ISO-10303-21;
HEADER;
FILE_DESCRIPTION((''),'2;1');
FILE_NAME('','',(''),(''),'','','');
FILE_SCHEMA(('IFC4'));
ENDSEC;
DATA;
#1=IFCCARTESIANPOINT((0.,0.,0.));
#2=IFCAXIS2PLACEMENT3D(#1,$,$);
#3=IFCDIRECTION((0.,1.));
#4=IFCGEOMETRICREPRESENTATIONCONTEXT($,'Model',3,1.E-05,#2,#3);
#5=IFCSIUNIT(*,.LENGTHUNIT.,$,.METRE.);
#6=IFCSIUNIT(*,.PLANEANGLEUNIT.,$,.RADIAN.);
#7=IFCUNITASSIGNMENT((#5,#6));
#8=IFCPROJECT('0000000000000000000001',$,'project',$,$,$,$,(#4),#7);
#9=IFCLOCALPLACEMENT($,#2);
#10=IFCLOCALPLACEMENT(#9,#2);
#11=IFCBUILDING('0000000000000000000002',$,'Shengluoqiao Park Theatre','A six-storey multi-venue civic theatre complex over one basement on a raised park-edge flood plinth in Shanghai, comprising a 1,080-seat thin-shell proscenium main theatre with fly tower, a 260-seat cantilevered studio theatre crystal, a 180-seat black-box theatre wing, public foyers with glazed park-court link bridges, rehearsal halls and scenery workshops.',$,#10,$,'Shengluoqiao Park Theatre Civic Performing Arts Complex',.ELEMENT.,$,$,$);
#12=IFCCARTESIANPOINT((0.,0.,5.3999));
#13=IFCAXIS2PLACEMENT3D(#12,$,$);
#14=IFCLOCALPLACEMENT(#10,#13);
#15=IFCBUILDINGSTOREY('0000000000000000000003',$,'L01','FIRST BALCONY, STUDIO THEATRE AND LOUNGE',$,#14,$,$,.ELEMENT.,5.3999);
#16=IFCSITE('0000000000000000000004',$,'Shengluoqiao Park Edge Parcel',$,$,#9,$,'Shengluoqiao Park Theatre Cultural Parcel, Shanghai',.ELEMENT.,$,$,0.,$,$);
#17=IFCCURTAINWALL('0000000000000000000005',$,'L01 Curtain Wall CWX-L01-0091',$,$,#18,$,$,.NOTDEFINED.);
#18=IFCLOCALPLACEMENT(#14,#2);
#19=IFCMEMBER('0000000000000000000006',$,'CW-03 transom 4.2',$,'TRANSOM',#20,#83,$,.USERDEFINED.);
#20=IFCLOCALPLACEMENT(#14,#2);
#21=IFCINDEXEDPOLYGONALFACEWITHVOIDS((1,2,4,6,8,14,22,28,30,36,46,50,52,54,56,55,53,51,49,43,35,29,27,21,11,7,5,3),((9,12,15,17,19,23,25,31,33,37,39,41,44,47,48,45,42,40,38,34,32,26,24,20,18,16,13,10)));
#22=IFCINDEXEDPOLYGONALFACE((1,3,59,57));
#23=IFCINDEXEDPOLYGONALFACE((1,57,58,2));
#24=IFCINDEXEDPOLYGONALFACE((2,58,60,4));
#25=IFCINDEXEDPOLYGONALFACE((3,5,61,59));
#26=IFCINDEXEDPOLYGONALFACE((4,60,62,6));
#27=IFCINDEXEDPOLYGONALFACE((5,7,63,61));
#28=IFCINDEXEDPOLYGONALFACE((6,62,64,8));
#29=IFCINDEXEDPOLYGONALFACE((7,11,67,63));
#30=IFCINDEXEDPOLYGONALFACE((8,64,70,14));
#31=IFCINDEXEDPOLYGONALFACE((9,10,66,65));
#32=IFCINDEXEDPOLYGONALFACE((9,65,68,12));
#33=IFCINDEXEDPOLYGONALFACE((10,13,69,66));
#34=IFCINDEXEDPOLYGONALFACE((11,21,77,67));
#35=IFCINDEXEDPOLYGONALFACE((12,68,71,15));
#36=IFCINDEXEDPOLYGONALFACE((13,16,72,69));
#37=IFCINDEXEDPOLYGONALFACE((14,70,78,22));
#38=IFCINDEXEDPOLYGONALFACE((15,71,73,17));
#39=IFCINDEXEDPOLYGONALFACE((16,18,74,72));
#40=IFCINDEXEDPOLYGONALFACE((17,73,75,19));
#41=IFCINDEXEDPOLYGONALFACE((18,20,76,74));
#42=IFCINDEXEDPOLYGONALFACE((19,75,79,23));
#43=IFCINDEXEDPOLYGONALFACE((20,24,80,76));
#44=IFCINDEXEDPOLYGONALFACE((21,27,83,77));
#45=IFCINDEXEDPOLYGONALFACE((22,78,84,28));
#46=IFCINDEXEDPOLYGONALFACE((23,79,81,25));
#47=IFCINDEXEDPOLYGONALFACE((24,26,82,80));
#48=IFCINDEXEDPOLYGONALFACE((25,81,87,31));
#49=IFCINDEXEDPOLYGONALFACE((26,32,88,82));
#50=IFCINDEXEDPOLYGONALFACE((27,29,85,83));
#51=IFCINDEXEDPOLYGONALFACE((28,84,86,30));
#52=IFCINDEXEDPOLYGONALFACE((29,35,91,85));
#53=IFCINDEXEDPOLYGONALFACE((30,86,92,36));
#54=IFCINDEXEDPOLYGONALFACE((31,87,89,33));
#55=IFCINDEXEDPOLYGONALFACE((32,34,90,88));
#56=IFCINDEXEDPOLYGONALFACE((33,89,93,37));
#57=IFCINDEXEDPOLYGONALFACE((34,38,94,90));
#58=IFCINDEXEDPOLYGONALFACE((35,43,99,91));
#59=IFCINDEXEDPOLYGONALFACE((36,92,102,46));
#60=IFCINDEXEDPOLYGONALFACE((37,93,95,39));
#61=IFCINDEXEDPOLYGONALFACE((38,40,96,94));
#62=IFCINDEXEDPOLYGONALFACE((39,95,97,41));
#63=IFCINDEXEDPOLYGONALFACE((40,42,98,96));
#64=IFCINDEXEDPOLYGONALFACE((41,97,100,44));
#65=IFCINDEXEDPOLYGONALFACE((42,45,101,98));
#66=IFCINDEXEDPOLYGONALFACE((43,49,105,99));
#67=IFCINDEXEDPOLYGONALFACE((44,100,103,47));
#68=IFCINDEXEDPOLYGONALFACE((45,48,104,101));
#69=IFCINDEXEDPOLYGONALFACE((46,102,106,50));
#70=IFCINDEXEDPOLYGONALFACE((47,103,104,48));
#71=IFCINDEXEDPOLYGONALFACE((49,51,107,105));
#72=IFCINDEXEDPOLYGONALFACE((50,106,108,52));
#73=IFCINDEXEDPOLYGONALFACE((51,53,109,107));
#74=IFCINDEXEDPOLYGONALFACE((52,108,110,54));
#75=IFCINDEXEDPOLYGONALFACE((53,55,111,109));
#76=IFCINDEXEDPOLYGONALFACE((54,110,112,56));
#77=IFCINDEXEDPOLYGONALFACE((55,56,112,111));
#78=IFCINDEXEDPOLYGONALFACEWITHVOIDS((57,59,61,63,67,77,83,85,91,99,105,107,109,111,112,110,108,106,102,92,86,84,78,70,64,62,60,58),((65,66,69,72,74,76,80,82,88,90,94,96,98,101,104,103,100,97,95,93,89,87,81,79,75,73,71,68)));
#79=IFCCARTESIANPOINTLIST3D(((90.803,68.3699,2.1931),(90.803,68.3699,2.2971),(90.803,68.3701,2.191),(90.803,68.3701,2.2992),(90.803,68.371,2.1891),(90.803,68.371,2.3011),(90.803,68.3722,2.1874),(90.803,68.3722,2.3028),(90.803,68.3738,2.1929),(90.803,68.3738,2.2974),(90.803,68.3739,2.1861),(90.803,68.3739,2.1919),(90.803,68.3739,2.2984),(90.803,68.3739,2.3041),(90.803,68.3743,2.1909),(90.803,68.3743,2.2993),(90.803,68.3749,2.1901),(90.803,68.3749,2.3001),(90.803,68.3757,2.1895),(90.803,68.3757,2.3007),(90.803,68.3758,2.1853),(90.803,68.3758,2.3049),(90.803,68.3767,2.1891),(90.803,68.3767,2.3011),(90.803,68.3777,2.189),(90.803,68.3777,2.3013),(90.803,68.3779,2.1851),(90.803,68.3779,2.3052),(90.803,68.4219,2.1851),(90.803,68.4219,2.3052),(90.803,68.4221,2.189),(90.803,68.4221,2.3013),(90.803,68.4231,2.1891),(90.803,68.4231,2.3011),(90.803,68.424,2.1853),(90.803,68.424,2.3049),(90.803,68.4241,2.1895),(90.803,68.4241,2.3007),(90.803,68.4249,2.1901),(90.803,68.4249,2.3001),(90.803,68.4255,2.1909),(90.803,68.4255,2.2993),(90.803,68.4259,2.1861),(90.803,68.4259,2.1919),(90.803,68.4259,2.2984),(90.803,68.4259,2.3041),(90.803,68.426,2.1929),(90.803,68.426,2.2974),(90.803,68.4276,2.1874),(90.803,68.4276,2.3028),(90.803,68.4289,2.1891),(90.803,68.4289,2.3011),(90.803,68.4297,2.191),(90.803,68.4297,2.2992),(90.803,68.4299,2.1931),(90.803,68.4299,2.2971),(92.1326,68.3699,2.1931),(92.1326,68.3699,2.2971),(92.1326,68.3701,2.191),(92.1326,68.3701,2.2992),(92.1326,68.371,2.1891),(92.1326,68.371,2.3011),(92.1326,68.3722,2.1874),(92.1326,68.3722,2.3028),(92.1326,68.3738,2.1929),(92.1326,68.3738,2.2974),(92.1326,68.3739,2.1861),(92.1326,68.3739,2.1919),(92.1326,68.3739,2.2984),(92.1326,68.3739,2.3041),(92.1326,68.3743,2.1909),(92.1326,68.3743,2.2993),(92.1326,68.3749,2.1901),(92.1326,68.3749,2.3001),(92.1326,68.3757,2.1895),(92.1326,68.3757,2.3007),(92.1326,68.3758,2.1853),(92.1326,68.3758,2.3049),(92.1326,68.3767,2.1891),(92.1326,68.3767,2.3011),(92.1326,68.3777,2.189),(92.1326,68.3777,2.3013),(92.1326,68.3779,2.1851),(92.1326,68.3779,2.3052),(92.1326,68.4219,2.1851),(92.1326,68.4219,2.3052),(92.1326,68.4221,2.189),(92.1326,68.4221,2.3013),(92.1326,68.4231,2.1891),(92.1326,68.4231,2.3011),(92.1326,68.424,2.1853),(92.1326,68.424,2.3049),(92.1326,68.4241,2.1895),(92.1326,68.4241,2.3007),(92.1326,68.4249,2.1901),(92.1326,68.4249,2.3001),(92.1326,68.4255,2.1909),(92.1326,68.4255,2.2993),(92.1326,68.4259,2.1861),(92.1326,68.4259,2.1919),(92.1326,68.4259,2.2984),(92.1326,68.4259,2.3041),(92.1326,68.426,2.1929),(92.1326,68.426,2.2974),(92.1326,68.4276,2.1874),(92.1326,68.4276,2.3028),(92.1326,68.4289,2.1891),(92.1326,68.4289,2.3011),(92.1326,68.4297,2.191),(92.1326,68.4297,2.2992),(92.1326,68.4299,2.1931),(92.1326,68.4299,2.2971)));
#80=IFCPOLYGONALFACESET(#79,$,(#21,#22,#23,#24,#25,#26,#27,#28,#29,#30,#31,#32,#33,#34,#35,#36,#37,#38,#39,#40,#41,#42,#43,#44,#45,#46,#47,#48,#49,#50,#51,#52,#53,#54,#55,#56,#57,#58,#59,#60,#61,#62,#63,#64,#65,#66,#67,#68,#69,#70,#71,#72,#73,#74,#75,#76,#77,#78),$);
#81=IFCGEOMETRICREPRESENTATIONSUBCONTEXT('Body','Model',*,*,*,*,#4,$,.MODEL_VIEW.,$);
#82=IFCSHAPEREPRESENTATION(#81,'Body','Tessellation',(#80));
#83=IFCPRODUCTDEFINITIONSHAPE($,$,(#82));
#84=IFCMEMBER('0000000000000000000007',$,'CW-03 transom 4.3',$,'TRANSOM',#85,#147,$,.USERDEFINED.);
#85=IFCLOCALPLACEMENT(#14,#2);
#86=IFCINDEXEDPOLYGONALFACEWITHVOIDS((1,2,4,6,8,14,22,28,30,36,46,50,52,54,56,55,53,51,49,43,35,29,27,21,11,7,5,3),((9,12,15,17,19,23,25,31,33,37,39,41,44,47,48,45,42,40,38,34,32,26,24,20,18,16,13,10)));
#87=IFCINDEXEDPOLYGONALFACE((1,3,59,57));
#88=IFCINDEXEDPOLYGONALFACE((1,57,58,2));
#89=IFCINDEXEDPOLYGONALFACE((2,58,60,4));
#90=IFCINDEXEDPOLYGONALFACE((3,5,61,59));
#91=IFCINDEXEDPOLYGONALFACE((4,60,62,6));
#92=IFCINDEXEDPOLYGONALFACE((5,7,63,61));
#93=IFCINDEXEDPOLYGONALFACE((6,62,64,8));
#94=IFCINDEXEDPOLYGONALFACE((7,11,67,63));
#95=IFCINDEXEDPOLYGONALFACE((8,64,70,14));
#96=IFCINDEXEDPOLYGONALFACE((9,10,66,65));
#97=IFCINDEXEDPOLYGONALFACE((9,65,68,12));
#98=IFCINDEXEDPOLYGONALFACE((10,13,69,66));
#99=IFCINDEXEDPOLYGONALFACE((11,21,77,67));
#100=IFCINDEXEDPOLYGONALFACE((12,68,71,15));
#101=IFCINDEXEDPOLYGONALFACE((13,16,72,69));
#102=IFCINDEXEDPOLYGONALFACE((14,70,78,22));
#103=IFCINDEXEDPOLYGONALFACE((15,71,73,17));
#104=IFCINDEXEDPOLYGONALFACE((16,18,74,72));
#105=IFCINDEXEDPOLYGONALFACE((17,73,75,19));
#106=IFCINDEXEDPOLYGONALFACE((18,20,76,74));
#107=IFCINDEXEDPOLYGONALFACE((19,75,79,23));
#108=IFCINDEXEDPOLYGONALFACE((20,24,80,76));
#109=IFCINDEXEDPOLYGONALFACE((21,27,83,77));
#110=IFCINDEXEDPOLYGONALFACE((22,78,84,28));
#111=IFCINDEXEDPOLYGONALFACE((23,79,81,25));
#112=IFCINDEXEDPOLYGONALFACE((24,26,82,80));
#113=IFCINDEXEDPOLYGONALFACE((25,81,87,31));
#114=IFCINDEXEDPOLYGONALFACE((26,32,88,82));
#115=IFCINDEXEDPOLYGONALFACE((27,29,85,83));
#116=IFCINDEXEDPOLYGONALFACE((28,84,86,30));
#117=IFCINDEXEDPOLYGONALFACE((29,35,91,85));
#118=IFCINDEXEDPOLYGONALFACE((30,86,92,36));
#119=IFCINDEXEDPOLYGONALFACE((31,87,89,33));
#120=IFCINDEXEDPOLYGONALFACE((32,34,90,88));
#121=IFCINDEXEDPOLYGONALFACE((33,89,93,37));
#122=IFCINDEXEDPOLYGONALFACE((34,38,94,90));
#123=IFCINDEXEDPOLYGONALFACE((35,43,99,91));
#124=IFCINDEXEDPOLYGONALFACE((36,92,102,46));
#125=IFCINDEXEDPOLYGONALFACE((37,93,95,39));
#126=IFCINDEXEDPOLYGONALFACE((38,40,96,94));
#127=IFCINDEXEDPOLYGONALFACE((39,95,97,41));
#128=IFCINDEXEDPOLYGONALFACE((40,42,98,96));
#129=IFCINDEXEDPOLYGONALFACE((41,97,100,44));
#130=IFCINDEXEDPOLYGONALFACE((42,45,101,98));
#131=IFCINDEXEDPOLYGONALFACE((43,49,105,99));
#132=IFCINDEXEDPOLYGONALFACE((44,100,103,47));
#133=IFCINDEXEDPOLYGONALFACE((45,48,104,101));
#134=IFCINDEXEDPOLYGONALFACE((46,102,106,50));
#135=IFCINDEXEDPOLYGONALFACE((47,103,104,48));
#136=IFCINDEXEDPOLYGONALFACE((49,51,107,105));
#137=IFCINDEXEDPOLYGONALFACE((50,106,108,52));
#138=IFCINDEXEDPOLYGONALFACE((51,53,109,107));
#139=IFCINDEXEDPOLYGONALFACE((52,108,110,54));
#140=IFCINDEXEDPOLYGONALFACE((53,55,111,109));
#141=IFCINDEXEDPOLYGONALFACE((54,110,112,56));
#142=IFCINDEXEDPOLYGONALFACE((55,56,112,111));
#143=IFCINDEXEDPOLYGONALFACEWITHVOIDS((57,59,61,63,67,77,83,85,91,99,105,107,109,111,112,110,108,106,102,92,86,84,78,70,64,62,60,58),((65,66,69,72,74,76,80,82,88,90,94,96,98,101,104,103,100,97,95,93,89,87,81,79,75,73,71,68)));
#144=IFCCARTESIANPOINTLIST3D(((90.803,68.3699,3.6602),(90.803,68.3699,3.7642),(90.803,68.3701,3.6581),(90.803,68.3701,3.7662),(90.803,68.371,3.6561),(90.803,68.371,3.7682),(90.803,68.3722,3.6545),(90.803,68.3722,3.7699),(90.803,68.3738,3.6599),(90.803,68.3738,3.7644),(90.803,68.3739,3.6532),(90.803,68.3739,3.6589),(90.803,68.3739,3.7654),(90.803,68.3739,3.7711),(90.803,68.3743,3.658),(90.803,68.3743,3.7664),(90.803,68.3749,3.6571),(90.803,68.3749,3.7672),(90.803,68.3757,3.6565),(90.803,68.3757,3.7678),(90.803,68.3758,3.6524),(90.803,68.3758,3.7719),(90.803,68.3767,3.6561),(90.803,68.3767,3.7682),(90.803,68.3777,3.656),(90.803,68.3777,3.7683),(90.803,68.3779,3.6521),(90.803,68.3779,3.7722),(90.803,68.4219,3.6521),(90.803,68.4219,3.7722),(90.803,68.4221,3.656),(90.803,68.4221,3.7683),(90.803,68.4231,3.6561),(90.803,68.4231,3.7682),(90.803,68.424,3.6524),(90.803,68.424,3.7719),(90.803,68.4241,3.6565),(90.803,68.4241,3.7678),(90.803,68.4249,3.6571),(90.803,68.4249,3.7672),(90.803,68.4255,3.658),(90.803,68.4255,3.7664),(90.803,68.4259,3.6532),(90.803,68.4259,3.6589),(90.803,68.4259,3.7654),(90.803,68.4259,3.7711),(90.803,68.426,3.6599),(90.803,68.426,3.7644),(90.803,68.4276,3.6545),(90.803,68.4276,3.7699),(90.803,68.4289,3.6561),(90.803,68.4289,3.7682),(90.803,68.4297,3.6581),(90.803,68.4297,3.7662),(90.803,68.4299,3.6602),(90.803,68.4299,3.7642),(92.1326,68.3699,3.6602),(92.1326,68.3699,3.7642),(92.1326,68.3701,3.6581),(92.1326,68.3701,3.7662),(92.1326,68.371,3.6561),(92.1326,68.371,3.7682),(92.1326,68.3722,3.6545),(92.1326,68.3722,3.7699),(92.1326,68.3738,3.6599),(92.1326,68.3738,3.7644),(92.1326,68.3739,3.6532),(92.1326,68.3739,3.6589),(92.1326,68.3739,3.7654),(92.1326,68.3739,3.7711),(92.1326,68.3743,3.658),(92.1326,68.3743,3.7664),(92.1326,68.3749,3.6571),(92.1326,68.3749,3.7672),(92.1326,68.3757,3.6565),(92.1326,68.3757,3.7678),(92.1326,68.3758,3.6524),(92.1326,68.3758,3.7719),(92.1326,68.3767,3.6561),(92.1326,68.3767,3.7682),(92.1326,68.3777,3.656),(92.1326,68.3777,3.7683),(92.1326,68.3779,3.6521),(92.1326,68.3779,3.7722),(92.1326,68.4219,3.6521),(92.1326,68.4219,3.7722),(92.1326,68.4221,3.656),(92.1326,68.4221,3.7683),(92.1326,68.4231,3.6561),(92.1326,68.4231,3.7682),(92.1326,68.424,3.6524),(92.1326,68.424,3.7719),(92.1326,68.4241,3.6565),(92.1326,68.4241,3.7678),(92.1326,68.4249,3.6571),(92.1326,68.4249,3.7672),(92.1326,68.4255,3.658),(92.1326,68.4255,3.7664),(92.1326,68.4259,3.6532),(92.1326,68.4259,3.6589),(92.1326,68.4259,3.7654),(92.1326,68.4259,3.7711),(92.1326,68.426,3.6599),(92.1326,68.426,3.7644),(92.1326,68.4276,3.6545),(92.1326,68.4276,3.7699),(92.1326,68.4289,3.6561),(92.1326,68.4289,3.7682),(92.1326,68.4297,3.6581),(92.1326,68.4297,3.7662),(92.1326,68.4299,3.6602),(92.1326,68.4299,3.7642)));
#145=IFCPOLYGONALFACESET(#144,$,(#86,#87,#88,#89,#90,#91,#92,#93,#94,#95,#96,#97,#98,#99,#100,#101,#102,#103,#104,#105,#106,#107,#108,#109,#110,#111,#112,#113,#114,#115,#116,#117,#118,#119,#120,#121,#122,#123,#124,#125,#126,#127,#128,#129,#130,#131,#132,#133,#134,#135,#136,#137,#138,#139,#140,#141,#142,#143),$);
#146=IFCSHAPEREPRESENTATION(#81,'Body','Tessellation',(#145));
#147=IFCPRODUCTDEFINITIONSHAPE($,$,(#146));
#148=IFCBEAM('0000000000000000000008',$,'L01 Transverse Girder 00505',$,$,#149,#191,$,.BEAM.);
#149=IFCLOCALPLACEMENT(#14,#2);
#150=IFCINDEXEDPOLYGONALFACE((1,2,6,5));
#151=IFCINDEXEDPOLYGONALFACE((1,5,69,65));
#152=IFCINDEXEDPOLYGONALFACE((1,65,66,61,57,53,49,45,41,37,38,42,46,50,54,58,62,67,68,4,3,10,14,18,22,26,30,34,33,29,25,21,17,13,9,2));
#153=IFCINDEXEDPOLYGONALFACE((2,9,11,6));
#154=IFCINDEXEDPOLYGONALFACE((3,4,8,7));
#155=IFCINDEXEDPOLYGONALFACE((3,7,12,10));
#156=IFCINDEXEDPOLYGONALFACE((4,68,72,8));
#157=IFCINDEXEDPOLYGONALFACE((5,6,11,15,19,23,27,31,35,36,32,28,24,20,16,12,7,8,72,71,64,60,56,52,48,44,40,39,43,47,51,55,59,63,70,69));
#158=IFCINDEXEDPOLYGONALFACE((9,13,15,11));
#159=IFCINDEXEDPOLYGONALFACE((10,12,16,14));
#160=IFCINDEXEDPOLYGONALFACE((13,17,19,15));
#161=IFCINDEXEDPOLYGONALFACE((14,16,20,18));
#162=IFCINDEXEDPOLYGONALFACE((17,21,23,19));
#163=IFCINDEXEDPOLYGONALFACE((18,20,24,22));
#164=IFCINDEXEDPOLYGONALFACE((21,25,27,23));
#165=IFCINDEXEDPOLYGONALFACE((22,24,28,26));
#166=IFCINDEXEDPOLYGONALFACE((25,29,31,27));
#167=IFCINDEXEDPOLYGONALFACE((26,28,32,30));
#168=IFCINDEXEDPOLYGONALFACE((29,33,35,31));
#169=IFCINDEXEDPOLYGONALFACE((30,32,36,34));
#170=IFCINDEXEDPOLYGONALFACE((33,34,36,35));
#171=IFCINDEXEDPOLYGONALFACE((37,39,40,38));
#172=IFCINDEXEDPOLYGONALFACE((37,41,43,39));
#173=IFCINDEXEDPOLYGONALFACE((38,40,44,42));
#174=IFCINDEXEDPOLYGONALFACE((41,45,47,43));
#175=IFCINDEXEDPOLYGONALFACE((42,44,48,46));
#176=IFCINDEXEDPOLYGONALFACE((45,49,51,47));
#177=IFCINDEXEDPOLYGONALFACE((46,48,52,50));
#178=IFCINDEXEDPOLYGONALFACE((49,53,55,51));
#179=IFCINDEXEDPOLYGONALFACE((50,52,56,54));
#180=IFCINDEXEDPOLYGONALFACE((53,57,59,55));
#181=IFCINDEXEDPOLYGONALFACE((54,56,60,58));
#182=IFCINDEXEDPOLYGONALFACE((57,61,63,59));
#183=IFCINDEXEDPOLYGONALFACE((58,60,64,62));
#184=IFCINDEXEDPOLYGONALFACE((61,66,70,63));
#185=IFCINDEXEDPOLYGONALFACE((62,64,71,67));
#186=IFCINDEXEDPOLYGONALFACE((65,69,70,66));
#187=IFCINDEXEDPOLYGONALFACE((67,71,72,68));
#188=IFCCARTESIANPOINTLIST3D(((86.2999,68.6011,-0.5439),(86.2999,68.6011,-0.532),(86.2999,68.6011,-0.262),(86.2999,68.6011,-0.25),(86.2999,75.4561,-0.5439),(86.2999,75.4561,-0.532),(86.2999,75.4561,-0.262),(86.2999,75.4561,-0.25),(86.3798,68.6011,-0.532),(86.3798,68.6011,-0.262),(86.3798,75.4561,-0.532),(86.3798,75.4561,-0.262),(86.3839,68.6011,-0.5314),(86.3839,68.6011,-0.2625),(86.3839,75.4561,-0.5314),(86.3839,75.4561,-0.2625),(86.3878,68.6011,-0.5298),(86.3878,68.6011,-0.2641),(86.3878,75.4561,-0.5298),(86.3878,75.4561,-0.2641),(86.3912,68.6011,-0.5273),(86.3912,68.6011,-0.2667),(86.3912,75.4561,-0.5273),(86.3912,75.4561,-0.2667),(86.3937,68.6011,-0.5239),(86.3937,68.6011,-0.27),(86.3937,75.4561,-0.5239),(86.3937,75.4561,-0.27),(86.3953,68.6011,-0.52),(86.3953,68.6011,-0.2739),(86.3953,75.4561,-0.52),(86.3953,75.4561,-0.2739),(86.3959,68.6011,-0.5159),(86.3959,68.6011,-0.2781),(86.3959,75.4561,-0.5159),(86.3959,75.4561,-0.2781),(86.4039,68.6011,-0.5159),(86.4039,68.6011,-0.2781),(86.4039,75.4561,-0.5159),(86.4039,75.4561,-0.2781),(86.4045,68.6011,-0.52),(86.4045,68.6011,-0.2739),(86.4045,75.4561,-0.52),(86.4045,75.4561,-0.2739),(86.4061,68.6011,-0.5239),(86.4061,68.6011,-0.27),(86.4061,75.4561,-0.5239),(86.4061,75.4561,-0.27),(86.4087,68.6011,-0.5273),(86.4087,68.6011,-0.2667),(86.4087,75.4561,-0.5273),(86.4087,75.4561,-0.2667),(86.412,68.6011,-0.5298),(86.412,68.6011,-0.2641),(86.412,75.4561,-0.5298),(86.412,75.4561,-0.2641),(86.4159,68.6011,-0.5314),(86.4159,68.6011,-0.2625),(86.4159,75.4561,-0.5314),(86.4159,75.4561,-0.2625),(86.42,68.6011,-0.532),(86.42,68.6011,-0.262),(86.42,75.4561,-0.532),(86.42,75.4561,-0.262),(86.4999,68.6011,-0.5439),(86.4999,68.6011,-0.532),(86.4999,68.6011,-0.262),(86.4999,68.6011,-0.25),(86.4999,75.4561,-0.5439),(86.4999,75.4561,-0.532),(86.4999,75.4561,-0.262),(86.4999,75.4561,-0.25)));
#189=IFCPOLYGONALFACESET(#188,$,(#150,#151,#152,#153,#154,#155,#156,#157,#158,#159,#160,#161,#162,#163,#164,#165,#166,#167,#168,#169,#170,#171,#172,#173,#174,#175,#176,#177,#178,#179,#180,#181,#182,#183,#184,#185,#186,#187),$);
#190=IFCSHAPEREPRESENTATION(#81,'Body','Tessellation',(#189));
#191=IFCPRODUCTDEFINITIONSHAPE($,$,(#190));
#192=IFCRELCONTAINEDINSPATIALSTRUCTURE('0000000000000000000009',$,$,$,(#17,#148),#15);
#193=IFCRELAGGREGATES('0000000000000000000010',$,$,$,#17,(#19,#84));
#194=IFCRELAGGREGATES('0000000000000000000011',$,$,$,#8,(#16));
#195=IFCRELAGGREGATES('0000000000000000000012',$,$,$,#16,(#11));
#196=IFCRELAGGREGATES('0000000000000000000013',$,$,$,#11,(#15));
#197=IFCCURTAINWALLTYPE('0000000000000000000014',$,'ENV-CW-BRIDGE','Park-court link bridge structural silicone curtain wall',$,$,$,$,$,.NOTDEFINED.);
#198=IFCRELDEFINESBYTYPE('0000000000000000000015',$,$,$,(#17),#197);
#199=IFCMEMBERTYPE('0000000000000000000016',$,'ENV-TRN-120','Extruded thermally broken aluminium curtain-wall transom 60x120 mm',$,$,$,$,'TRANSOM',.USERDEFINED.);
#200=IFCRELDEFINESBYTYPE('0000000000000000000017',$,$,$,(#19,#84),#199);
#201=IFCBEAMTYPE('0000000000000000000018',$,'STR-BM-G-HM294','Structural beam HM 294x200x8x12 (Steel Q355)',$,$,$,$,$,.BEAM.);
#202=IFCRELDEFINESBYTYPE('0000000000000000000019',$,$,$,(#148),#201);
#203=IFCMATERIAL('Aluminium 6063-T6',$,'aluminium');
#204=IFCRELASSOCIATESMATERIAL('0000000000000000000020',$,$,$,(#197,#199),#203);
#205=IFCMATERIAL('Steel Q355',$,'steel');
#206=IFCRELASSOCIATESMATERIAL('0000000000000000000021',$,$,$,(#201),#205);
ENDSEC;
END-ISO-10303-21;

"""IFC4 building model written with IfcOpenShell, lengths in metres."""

from ifc_helpers import new_model, si_unit, direction, frame, origin, origin_2d, place, context, subcontext, project, spatial, hollow_rectangle, i_section, extrude, material, material_profile, profile_set, type_object, element, aggregate, save


model = new_model("IFC4")

# Units and contexts
model_context = context("Model", 3, precision=1e-05, world=origin(), true_north=direction((0.0, 1.0)))
body_context = subcontext(model_context, "Body", "Model", "MODEL_VIEW")
ifc_project = project(units=[si_unit("LENGTHUNIT", "METRE"), si_unit("PLANEANGLEUNIT", "RADIAN")], contexts=[model_context])

# Site, building, storey
site_placement = place(None, origin())
site = spatial("IfcSite", under=ifc_project, at=site_placement, Name="Shengluoqiao Park Edge Parcel", LongName="Shengluoqiao Park Theatre Cultural Parcel, Shanghai", CompositionType="ELEMENT", RefElevation=0.0)
building_placement = place(site_placement, origin())
building = spatial("IfcBuilding", under=site, at=building_placement, Name="Shengluoqiao Park Theatre", Description="A six-storey multi-venue civic theatre complex over one basement on a raised park-edge flood plinth in Shanghai, comprising a 1,080-seat thin-shell proscenium main theatre with fly tower, a 260-seat cantilevered studio theatre crystal, a 180-seat black-box theatre wing, public foyers with glazed park-court link bridges, rehearsal halls and scenery workshops.", LongName="Shengluoqiao Park Theatre Civic Performing Arts Complex", CompositionType="ELEMENT")
storey_placement = place(building_placement, frame((0.0, 0.0, 5.3999)))
storey = spatial("IfcBuildingStorey", under=building, at=storey_placement, Name="L01", Description="FIRST BALCONY, STUDIO THEATRE AND LOUNGE", CompositionType="ELEMENT", Elevation=5.3999)

# Curtain wall, members
ifc_material_1 = material(Name="Aluminium 6063-T6", Category="aluminium")
curtain_wall_type = type_object("IfcCurtainWallType", Name="ENV-CW-BRIDGE", Description="Park-court link bridge structural silicone curtain wall", PredefinedType="NOTDEFINED", material=ifc_material_1)
curtain_wall_placement = place(storey_placement, origin())
curtain_wall = element("IfcCurtainWall", 1, at=curtain_wall_placement, inside=storey, type_object=curtain_wall_type, Name="L01 Curtain Wall CWX-L01-0091", PredefinedType="NOTDEFINED")
ifc_material_profile_1 = material_profile(ifc_material_1, hollow_rectangle(XDim=0.0601, YDim=0.1201, WallThickness=0.0039, InnerFilletRadius=0.0039, OuterFilletRadius=0.0081, at=origin_2d()), Name="ALU TRANSOM 120x60x4")
ifc_profile_set_1 = profile_set([ifc_material_profile_1], Name="Aluminium 6063-T6")
member_type_1 = type_object("IfcMemberType", Name="ENV-TRN-120", Description="Extruded thermally broken aluminium curtain-wall transom 60x120 mm", ElementType="TRANSOM", PredefinedType="USERDEFINED", material=ifc_profile_set_1)
member_1_placement = place(storey_placement, frame((90.803, 68.3999, 2.2451), z_axis=(1.0, 0.0, 0.0), x_axis=(0.0, 1.0, 0.0)))
member_1 = element("IfcMember", 2, at=member_1_placement, type_object=member_type_1, Name="CW-03 transom 4.2", ObjectType="TRANSOM", PredefinedType="USERDEFINED", context=body_context, shape_type="SweptSolid", body=[
    extrude(hollow_rectangle(XDim=0.0601, YDim=0.1201, WallThickness=0.0039, InnerFilletRadius=0.0039, OuterFilletRadius=0.0081, at=origin_2d()), origin(), (0.0, 0.0, 1.0), 1.3296),
])
member_2_placement = place(storey_placement, frame((90.803, 68.3999, 3.7122), z_axis=(1.0, 0.0, 0.0), x_axis=(0.0, 1.0, 0.0)))
member_2 = element("IfcMember", 3, at=member_2_placement, type_object=member_type_1, Name="CW-03 transom 4.3", ObjectType="TRANSOM", PredefinedType="USERDEFINED", context=body_context, shape_type="SweptSolid", body=[
    extrude(hollow_rectangle(XDim=0.0601, YDim=0.1201, WallThickness=0.0039, InnerFilletRadius=0.0039, OuterFilletRadius=0.0081, at=origin_2d()), origin(), (0.0, 0.0, 1.0), 1.3296),
])

# Beam
ifc_material_2 = material(Name="Steel Q355", Category="steel")
ifc_material_profile_2 = material_profile(ifc_material_2, i_section(OverallWidth=0.2, OverallDepth=0.2939, WebThickness=0.0081, FlangeThickness=0.012, FilletRadius=0.0161, at=origin_2d()), Name="HM 294x200x8x12")
ifc_profile_set_2 = profile_set([ifc_material_profile_2], Name="Steel Q355")
beam_type_1 = type_object("IfcBeamType", Name="STR-BM-G-HM294", Description="Structural beam HM 294x200x8x12 (Steel Q355)", PredefinedType="BEAM", material=ifc_profile_set_2)
beam_1_placement = place(storey_placement, frame((86.3999, 68.6011, -0.397), z_axis=(0.0, 1.0, 0.0), x_axis=(-1.0, 0.0, 0.0)))
element("IfcBeam", 4, at=beam_1_placement, inside=storey, type_object=beam_type_1, Name="L01 Transverse Girder 00505", PredefinedType="BEAM", context=body_context, shape_type="SweptSolid", body=[
    extrude(i_section(OverallWidth=0.2, OverallDepth=0.2939, WebThickness=0.0081, FlangeThickness=0.012, FilletRadius=0.0161, at=origin_2d()), origin(), (0.0, 0.0, 1.0), 6.855),
])

aggregate(curtain_wall, [member_1, member_2])

save(model, "model.ifc")
